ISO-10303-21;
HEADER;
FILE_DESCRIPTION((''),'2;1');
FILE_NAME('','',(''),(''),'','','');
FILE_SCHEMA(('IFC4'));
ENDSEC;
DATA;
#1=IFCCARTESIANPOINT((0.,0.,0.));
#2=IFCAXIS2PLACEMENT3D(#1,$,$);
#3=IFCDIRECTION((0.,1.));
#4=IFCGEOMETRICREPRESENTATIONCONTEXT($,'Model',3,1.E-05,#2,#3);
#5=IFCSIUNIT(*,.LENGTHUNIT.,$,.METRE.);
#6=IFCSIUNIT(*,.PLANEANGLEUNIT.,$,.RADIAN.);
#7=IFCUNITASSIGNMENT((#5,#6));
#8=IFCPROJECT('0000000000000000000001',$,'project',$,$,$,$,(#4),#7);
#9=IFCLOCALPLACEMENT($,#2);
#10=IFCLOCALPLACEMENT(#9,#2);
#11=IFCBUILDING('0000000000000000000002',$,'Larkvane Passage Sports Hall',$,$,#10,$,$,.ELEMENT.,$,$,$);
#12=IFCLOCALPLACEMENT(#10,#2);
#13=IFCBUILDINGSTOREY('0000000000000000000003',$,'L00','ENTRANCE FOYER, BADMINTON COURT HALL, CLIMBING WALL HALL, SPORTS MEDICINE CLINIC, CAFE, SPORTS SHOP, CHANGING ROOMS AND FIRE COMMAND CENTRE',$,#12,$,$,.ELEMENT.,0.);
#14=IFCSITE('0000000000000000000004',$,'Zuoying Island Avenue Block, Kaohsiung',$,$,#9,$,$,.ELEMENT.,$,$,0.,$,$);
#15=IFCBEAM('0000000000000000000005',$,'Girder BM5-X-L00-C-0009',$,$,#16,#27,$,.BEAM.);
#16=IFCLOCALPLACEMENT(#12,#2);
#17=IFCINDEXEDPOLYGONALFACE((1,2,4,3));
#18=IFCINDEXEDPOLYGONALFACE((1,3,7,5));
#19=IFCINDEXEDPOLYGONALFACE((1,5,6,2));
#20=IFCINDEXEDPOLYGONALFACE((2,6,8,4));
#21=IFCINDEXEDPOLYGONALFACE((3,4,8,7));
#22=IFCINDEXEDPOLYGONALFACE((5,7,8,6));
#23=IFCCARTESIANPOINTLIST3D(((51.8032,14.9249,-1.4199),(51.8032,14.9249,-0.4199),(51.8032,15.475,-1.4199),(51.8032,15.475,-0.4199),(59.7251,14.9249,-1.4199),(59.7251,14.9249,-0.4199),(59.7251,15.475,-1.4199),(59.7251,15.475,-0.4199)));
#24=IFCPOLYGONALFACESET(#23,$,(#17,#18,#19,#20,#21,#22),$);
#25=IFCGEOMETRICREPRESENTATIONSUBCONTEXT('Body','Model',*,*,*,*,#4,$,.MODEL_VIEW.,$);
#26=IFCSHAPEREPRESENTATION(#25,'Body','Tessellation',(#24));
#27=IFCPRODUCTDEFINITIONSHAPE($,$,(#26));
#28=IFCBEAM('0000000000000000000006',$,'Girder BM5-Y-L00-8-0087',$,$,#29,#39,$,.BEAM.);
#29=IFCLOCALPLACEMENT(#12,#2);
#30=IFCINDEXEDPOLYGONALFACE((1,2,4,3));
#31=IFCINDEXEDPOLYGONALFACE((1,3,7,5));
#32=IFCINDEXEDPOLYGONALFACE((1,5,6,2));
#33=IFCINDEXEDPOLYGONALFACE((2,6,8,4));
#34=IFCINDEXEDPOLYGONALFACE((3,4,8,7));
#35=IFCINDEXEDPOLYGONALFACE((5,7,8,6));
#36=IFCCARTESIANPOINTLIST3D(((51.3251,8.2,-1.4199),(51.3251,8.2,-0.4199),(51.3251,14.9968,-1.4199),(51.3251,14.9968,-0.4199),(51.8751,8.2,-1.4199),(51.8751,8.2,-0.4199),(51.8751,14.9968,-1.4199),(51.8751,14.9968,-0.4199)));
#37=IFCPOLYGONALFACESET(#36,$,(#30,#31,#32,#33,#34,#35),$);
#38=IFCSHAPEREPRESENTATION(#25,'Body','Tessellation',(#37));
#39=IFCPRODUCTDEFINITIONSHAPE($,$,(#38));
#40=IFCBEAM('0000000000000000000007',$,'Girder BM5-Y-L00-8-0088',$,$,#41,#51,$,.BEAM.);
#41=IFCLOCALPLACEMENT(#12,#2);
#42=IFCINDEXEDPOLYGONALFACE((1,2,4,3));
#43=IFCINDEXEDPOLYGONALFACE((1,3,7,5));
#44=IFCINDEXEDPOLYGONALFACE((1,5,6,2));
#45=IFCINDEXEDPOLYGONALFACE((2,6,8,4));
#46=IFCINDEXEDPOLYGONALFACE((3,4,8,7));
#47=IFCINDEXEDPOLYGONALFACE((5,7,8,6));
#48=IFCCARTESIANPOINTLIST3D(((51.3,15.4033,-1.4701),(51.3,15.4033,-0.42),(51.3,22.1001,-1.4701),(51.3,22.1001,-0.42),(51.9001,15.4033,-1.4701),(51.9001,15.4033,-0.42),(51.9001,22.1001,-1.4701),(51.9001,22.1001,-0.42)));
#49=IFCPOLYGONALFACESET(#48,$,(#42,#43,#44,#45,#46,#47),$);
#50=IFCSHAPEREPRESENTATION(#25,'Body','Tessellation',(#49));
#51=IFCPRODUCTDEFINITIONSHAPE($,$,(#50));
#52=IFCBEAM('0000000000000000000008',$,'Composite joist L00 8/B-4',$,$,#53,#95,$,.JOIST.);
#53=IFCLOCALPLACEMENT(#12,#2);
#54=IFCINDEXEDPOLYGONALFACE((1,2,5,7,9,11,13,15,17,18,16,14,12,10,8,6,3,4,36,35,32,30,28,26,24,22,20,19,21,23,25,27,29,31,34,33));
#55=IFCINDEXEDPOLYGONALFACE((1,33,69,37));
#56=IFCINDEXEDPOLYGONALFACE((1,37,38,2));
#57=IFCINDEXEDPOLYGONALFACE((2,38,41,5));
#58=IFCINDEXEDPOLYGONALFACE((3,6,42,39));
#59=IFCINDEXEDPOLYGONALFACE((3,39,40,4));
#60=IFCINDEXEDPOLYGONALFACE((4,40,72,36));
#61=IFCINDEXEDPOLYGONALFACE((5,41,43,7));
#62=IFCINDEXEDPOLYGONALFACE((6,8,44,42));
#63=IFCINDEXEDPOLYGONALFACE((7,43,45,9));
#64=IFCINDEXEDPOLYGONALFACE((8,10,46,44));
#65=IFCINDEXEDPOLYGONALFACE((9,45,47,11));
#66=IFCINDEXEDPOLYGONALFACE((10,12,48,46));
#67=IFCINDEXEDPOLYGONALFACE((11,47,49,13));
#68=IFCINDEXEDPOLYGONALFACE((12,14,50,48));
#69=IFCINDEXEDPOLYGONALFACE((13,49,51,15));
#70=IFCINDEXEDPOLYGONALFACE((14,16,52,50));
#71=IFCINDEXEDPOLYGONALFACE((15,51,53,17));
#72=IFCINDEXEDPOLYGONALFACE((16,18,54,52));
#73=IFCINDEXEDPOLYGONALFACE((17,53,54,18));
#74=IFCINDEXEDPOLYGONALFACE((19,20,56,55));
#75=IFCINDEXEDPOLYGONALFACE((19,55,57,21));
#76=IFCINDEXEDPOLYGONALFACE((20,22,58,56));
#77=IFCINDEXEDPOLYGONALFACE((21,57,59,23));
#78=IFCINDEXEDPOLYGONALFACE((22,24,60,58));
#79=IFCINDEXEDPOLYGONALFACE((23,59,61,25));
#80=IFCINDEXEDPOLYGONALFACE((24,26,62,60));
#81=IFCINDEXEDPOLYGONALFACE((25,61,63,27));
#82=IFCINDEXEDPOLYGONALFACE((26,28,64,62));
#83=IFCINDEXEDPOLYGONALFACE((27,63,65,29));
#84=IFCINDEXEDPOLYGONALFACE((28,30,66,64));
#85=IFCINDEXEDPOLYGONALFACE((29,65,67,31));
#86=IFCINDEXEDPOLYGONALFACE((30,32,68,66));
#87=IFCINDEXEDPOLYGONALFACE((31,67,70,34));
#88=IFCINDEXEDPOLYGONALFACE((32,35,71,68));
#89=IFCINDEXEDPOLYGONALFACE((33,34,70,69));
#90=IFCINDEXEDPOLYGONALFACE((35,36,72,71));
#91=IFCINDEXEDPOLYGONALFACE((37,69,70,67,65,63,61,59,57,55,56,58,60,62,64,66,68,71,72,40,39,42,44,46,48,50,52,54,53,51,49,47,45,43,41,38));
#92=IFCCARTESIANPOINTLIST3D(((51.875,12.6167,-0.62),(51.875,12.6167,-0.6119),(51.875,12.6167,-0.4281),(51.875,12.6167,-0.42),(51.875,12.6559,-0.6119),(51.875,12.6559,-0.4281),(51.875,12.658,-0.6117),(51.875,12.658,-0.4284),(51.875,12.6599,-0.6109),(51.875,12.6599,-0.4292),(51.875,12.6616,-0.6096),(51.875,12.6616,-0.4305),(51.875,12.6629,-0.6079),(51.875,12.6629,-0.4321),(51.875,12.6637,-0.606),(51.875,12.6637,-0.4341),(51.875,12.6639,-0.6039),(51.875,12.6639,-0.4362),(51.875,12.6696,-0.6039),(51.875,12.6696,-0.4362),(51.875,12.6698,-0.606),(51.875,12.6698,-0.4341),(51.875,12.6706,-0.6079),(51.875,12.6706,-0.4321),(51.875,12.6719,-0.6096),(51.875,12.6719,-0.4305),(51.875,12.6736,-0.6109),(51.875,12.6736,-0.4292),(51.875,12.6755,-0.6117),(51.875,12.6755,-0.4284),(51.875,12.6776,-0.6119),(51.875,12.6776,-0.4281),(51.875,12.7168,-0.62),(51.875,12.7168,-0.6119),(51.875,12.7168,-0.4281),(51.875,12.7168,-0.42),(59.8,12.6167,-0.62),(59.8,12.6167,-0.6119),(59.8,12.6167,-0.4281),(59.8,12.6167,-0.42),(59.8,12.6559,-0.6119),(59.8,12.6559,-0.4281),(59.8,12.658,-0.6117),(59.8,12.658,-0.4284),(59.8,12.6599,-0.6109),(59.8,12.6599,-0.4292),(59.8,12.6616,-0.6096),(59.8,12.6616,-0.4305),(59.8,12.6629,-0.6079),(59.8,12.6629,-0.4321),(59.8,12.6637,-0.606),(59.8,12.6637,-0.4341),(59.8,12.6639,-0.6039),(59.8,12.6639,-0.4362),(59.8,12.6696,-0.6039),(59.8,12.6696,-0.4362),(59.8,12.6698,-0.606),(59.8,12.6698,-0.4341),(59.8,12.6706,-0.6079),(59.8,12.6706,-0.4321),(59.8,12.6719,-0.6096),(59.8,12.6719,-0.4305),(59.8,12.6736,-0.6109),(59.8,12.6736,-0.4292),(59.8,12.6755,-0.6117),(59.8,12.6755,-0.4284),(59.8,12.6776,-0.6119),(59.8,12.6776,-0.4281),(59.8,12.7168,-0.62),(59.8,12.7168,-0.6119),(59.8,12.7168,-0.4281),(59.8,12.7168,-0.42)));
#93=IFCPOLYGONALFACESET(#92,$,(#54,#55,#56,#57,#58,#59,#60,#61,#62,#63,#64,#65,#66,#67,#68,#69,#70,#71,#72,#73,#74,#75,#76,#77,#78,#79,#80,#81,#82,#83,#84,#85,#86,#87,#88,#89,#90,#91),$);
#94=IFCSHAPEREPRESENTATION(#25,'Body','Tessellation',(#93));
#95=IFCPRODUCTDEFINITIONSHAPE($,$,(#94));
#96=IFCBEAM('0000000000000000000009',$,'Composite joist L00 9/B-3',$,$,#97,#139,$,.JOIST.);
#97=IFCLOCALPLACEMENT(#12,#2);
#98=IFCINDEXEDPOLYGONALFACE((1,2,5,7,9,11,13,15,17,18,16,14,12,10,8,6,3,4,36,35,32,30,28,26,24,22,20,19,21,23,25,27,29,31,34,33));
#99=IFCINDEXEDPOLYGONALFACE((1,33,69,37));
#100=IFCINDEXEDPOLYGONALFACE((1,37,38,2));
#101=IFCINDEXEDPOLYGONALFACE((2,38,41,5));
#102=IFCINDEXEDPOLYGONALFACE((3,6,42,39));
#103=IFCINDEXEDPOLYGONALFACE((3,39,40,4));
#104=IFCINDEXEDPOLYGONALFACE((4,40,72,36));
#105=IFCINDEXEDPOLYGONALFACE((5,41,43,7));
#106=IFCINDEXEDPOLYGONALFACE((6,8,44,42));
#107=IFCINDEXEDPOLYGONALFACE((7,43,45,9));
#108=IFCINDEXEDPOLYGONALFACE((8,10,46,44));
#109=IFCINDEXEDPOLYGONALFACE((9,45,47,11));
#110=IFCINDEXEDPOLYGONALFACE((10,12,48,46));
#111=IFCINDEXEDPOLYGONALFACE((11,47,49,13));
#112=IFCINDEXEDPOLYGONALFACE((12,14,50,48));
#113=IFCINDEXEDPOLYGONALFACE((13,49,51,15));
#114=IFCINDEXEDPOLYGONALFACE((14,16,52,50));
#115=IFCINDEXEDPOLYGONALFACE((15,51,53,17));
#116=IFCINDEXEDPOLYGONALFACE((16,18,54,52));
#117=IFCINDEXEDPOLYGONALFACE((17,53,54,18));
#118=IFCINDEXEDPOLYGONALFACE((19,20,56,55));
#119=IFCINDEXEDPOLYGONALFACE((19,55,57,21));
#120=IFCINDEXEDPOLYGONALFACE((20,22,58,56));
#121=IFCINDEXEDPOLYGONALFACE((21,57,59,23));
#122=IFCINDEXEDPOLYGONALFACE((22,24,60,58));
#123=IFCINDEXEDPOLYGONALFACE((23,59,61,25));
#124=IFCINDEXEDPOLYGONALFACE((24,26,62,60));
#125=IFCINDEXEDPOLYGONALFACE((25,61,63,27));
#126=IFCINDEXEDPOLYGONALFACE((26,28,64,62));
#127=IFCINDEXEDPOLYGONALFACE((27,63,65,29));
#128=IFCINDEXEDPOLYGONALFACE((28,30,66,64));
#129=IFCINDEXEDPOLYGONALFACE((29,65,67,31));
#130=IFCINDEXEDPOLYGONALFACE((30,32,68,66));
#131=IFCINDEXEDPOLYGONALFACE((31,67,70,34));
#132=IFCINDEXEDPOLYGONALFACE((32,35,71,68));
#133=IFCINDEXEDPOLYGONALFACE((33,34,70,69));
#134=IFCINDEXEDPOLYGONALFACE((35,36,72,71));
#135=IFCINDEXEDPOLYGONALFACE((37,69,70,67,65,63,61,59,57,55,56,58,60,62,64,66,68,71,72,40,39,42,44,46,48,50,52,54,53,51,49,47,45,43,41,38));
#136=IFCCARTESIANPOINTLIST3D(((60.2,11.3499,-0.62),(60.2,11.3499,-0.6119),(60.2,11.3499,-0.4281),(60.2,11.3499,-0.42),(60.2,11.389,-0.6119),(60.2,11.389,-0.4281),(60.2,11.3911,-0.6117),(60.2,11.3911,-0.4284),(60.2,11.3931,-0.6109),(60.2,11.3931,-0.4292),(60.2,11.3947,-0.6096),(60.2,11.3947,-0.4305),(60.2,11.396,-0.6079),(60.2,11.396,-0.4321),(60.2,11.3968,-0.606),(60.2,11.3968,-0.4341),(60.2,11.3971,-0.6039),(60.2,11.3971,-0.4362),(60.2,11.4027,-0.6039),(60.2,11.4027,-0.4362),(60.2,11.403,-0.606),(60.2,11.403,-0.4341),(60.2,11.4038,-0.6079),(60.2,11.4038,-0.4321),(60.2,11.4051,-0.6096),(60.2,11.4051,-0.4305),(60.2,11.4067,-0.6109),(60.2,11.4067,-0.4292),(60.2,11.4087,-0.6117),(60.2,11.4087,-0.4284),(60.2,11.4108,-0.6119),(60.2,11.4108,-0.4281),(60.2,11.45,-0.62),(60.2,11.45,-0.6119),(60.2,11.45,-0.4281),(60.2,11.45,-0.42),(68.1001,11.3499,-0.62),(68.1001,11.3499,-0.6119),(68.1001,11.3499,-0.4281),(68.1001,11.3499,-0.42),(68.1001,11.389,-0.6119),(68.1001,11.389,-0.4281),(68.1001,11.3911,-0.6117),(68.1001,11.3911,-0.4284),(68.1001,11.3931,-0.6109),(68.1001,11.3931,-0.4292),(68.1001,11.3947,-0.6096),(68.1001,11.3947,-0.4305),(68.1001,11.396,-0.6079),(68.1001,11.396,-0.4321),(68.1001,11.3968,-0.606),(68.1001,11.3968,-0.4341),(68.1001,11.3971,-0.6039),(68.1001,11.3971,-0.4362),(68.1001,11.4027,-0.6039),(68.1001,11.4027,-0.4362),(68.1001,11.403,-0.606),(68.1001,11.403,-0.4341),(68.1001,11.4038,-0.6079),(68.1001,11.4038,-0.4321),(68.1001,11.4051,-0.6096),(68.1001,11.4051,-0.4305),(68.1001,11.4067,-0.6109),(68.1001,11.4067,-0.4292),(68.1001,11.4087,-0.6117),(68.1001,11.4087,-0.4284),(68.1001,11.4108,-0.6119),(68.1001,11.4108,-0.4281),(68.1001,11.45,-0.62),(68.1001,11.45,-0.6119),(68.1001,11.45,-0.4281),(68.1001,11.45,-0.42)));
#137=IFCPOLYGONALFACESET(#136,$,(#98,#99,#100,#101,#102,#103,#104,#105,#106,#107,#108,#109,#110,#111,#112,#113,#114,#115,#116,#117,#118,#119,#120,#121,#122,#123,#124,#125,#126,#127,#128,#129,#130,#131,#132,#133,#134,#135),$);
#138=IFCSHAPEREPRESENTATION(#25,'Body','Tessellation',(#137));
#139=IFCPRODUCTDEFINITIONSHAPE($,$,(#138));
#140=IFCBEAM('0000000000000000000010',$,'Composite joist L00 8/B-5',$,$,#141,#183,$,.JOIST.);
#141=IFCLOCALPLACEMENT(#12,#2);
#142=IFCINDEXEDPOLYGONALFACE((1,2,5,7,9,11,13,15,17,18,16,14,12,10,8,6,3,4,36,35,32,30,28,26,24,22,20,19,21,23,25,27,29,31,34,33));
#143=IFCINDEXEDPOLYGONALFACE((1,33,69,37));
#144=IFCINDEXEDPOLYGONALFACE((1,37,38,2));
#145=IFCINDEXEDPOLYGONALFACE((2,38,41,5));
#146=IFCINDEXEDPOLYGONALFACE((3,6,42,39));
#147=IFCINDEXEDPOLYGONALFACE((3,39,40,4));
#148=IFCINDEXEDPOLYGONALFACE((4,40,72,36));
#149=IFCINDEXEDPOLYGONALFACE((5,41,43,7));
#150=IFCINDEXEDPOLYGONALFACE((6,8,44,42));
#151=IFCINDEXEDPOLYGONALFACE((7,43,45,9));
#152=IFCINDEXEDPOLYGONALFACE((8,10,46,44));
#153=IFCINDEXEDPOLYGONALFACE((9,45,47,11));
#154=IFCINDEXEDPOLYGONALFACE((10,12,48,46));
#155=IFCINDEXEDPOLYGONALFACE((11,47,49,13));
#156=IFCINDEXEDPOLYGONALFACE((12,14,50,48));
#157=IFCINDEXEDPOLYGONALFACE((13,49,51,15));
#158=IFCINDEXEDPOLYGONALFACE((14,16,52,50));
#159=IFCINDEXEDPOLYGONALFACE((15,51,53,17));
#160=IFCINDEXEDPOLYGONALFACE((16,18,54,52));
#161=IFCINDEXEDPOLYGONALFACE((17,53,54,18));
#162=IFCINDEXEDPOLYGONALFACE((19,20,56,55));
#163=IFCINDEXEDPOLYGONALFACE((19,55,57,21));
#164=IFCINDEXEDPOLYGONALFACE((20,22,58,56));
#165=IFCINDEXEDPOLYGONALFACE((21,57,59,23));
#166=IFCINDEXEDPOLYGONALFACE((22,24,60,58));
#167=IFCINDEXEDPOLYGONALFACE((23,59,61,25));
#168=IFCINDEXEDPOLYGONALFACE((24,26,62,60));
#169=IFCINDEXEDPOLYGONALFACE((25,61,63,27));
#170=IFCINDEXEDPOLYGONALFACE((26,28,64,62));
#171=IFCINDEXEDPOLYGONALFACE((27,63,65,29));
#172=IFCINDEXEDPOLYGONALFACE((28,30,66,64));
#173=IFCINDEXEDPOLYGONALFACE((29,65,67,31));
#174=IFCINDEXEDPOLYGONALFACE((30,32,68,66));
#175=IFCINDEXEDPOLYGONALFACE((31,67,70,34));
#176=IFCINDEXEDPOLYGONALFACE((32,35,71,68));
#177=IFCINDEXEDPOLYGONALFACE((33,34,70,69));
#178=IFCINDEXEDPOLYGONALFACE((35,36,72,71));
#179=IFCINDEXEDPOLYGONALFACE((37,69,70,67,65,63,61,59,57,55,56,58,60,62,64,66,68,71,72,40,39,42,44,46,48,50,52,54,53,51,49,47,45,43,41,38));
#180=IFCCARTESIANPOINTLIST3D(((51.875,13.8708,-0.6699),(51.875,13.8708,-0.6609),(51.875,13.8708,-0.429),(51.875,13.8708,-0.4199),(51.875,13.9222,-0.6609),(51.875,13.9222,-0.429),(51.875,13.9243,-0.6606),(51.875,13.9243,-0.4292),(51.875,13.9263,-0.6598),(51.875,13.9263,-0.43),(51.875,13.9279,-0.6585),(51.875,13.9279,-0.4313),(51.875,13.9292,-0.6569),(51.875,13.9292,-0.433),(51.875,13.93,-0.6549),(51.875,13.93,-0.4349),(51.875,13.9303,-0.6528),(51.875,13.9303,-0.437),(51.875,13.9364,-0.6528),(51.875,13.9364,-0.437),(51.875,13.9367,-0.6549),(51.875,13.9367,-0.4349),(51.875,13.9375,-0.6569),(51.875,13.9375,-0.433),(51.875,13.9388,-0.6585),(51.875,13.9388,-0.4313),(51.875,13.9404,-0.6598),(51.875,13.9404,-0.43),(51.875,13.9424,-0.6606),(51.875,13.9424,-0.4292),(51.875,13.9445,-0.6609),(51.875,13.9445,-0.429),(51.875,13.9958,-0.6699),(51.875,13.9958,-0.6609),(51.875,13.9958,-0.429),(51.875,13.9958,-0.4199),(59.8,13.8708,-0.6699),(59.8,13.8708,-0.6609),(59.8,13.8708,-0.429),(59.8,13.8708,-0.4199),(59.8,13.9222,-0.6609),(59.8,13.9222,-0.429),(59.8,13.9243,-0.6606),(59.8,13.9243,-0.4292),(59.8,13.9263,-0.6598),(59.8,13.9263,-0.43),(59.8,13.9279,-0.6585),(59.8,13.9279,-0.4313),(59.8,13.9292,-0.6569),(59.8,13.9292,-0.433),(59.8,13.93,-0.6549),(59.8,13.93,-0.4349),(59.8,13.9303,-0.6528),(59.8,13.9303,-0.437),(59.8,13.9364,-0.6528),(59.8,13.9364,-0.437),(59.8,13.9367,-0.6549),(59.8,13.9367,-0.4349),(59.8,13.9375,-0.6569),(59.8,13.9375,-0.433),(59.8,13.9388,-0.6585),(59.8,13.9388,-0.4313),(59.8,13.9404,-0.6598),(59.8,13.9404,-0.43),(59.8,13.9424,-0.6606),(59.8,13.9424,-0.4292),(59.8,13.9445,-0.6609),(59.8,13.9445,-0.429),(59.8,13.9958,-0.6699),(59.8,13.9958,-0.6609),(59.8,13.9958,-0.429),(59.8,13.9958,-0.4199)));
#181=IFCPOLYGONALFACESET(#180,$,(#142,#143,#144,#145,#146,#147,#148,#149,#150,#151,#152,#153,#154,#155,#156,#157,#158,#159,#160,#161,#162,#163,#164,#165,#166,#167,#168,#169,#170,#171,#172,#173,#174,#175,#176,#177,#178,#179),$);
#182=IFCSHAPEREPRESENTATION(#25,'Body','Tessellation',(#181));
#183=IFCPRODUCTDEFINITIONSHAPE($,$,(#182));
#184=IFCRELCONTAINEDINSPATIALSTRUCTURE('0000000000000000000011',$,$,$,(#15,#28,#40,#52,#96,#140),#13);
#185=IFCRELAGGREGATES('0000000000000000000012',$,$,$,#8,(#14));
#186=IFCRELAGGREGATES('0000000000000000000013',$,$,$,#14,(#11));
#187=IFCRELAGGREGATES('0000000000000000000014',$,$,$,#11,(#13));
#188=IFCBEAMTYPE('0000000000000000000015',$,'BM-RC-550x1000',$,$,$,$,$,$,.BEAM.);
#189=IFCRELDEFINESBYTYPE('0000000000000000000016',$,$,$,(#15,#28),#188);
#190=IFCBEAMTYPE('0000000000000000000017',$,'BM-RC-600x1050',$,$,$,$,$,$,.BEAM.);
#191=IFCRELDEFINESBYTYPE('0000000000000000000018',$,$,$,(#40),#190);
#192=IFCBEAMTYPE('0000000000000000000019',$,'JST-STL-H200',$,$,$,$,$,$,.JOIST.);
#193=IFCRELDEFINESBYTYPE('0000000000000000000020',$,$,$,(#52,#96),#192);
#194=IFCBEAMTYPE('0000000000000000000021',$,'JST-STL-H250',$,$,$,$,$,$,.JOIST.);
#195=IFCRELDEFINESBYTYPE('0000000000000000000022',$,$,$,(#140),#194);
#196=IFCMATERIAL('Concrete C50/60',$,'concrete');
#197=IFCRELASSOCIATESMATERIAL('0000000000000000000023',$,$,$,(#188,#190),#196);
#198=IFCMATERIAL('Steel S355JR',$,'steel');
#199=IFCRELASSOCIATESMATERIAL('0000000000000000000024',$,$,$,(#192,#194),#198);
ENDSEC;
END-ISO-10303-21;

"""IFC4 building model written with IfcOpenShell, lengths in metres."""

from ifc_helpers import new_model, si_unit, direction, frame, origin, origin_2d, place, context, subcontext, project, spatial, rectangle, i_section, extrude, material, material_profile, profile_set, type_object, element, save


model = new_model("IFC4")

# Units and contexts
model_context = context("Model", 3, precision=1e-05, world=origin(), true_north=direction((0.0, 1.0)))
body_context = subcontext(model_context, "Body", "Model", "MODEL_VIEW")
ifc_project = project(units=[si_unit("LENGTHUNIT", "METRE"), si_unit("PLANEANGLEUNIT", "RADIAN")], contexts=[model_context])

# Site, building, storey
site_placement = place(None, origin())
site = spatial("IfcSite", under=ifc_project, at=site_placement, Name="Zuoying Island Avenue Block, Kaohsiung", CompositionType="ELEMENT", RefElevation=0.0)
building_placement = place(site_placement, origin())
building = spatial("IfcBuilding", under=site, at=building_placement, Name="Larkvane Passage Sports Hall", CompositionType="ELEMENT")
storey_placement = place(building_placement, origin())
storey = spatial("IfcBuildingStorey", under=building, at=storey_placement, Name="L00", Description="ENTRANCE FOYER, BADMINTON COURT HALL, CLIMBING WALL HALL, SPORTS MEDICINE CLINIC, CAFE, SPORTS SHOP, CHANGING ROOMS AND FIRE COMMAND CENTRE", CompositionType="ELEMENT", Elevation=0.0)

# Shared definitions
ifc_material_1 = material(Name="Concrete C50/60", Category="concrete")
ifc_material_2 = material(Name="Steel S355JR", Category="steel")

# Beams
ifc_material_profile_1 = material_profile(ifc_material_1, rectangle(XDim=0.55, YDim=1.0, at=origin_2d()), Name="RC-BM-550x1000")
ifc_profile_set_1 = profile_set([ifc_material_profile_1], Name="Concrete C50/60")
beam_type_1 = type_object("IfcBeamType", Name="BM-RC-550x1000", PredefinedType="BEAM", material=ifc_profile_set_1)
beam_1_placement = place(storey_placement, frame((51.8032, 15.2, -0.9199), z_axis=(1.0, 0.0, 0.0), x_axis=(0.0, 1.0, 0.0)))
element("IfcBeam", 1, at=beam_1_placement, inside=storey, type_object=beam_type_1, Name="Girder BM5-X-L00-C-0009", PredefinedType="BEAM", context=body_context, shape_type="SweptSolid", body=[
    extrude(rectangle(XDim=0.55, YDim=1.0, at=origin_2d()), origin(), (0.0, 0.0, 1.0), 7.9219),
])
beam_2_placement = place(storey_placement, frame((51.6001, 8.2, -0.9199), z_axis=(0.0, 1.0, 0.0), x_axis=(-1.0, 0.0, 0.0)))
element("IfcBeam", 2, at=beam_2_placement, inside=storey, type_object=beam_type_1, Name="Girder BM5-Y-L00-8-0087", PredefinedType="BEAM", context=body_context, shape_type="SweptSolid", body=[
    extrude(rectangle(XDim=0.55, YDim=1.0, at=origin_2d()), origin(), (0.0, 0.0, 1.0), 6.7969),
])
ifc_material_profile_2 = material_profile(ifc_material_1, rectangle(XDim=0.6001, YDim=1.05, at=origin_2d()), Name="RC-BM-600x1050")
ifc_profile_set_2 = profile_set([ifc_material_profile_2], Name="Concrete C50/60")
beam_type_2 = type_object("IfcBeamType", Name="BM-RC-600x1050", PredefinedType="BEAM", material=ifc_profile_set_2)
beam_3_placement = place(storey_placement, frame((51.6001, 15.4033, -0.9451), z_axis=(0.0, 1.0, 0.0), x_axis=(-1.0, 0.0, 0.0)))
element("IfcBeam", 3, at=beam_3_placement, inside=storey, type_object=beam_type_2, Name="Girder BM5-Y-L00-8-0088", PredefinedType="BEAM", context=body_context, shape_type="SweptSolid", body=[
    extrude(rectangle(XDim=0.6001, YDim=1.05, at=origin_2d()), origin(), (0.0, 0.0, 1.0), 6.6968),
])
ifc_material_profile_3 = material_profile(ifc_material_2, i_section(OverallWidth=0.1001, OverallDepth=0.2, WebThickness=0.0056, FlangeThickness=0.0081, FilletRadius=0.0081, at=origin_2d()), Name="H-200x100x5.5x8")
ifc_profile_set_3 = profile_set([ifc_material_profile_3], Name="Steel S355JR")
beam_type_3 = type_object("IfcBeamType", Name="JST-STL-H200", PredefinedType="JOIST", material=ifc_profile_set_3)
beam_4_placement = place(storey_placement, frame((51.875, 12.6667, -0.52), z_axis=(1.0, 0.0, 0.0), x_axis=(0.0, 1.0, 0.0)))
element("IfcBeam", 4, at=beam_4_placement, inside=storey, type_object=beam_type_3, Name="Composite joist L00 8/B-4", PredefinedType="JOIST", context=body_context, shape_type="SweptSolid", body=[
    extrude(i_section(OverallWidth=0.1001, OverallDepth=0.2, WebThickness=0.0056, FlangeThickness=0.0081, FilletRadius=0.0081, at=origin_2d()), origin(), (0.0, 0.0, 1.0), 7.925),
])
beam_5_placement = place(storey_placement, frame((60.2, 11.3999, -0.52), z_axis=(1.0, 0.0, 0.0), x_axis=(0.0, 1.0, 0.0)))
element("IfcBeam", 5, at=beam_5_placement, inside=storey, type_object=beam_type_3, Name="Composite joist L00 9/B-3", PredefinedType="JOIST", context=body_context, shape_type="SweptSolid", body=[
    extrude(i_section(OverallWidth=0.1001, OverallDepth=0.2, WebThickness=0.0056, FlangeThickness=0.0081, FilletRadius=0.0081, at=origin_2d()), origin(), (0.0, 0.0, 1.0), 7.9001),
])
ifc_material_profile_4 = material_profile(ifc_material_2, i_section(OverallWidth=0.125, OverallDepth=0.25, WebThickness=0.0061, FlangeThickness=0.009, FilletRadius=0.0081, at=origin_2d()), Name="H-250x125x6x9")
ifc_profile_set_4 = profile_set([ifc_material_profile_4], Name="Steel S355JR")
beam_type_4 = type_object("IfcBeamType", Name="JST-STL-H250", PredefinedType="JOIST", material=ifc_profile_set_4)
beam_6_placement = place(storey_placement, frame((51.875, 13.9333, -0.5449), z_axis=(1.0, 0.0, 0.0), x_axis=(0.0, 1.0, 0.0)))
element("IfcBeam", 6, at=beam_6_placement, inside=storey, type_object=beam_type_4, Name="Composite joist L00 8/B-5", PredefinedType="JOIST", context=body_context, shape_type="SweptSolid", body=[
    extrude(i_section(OverallWidth=0.125, OverallDepth=0.25, WebThickness=0.0061, FlangeThickness=0.009, FilletRadius=0.0081, at=origin_2d()), origin(), (0.0, 0.0, 1.0), 7.925),
])

save(model, "model.ifc")
